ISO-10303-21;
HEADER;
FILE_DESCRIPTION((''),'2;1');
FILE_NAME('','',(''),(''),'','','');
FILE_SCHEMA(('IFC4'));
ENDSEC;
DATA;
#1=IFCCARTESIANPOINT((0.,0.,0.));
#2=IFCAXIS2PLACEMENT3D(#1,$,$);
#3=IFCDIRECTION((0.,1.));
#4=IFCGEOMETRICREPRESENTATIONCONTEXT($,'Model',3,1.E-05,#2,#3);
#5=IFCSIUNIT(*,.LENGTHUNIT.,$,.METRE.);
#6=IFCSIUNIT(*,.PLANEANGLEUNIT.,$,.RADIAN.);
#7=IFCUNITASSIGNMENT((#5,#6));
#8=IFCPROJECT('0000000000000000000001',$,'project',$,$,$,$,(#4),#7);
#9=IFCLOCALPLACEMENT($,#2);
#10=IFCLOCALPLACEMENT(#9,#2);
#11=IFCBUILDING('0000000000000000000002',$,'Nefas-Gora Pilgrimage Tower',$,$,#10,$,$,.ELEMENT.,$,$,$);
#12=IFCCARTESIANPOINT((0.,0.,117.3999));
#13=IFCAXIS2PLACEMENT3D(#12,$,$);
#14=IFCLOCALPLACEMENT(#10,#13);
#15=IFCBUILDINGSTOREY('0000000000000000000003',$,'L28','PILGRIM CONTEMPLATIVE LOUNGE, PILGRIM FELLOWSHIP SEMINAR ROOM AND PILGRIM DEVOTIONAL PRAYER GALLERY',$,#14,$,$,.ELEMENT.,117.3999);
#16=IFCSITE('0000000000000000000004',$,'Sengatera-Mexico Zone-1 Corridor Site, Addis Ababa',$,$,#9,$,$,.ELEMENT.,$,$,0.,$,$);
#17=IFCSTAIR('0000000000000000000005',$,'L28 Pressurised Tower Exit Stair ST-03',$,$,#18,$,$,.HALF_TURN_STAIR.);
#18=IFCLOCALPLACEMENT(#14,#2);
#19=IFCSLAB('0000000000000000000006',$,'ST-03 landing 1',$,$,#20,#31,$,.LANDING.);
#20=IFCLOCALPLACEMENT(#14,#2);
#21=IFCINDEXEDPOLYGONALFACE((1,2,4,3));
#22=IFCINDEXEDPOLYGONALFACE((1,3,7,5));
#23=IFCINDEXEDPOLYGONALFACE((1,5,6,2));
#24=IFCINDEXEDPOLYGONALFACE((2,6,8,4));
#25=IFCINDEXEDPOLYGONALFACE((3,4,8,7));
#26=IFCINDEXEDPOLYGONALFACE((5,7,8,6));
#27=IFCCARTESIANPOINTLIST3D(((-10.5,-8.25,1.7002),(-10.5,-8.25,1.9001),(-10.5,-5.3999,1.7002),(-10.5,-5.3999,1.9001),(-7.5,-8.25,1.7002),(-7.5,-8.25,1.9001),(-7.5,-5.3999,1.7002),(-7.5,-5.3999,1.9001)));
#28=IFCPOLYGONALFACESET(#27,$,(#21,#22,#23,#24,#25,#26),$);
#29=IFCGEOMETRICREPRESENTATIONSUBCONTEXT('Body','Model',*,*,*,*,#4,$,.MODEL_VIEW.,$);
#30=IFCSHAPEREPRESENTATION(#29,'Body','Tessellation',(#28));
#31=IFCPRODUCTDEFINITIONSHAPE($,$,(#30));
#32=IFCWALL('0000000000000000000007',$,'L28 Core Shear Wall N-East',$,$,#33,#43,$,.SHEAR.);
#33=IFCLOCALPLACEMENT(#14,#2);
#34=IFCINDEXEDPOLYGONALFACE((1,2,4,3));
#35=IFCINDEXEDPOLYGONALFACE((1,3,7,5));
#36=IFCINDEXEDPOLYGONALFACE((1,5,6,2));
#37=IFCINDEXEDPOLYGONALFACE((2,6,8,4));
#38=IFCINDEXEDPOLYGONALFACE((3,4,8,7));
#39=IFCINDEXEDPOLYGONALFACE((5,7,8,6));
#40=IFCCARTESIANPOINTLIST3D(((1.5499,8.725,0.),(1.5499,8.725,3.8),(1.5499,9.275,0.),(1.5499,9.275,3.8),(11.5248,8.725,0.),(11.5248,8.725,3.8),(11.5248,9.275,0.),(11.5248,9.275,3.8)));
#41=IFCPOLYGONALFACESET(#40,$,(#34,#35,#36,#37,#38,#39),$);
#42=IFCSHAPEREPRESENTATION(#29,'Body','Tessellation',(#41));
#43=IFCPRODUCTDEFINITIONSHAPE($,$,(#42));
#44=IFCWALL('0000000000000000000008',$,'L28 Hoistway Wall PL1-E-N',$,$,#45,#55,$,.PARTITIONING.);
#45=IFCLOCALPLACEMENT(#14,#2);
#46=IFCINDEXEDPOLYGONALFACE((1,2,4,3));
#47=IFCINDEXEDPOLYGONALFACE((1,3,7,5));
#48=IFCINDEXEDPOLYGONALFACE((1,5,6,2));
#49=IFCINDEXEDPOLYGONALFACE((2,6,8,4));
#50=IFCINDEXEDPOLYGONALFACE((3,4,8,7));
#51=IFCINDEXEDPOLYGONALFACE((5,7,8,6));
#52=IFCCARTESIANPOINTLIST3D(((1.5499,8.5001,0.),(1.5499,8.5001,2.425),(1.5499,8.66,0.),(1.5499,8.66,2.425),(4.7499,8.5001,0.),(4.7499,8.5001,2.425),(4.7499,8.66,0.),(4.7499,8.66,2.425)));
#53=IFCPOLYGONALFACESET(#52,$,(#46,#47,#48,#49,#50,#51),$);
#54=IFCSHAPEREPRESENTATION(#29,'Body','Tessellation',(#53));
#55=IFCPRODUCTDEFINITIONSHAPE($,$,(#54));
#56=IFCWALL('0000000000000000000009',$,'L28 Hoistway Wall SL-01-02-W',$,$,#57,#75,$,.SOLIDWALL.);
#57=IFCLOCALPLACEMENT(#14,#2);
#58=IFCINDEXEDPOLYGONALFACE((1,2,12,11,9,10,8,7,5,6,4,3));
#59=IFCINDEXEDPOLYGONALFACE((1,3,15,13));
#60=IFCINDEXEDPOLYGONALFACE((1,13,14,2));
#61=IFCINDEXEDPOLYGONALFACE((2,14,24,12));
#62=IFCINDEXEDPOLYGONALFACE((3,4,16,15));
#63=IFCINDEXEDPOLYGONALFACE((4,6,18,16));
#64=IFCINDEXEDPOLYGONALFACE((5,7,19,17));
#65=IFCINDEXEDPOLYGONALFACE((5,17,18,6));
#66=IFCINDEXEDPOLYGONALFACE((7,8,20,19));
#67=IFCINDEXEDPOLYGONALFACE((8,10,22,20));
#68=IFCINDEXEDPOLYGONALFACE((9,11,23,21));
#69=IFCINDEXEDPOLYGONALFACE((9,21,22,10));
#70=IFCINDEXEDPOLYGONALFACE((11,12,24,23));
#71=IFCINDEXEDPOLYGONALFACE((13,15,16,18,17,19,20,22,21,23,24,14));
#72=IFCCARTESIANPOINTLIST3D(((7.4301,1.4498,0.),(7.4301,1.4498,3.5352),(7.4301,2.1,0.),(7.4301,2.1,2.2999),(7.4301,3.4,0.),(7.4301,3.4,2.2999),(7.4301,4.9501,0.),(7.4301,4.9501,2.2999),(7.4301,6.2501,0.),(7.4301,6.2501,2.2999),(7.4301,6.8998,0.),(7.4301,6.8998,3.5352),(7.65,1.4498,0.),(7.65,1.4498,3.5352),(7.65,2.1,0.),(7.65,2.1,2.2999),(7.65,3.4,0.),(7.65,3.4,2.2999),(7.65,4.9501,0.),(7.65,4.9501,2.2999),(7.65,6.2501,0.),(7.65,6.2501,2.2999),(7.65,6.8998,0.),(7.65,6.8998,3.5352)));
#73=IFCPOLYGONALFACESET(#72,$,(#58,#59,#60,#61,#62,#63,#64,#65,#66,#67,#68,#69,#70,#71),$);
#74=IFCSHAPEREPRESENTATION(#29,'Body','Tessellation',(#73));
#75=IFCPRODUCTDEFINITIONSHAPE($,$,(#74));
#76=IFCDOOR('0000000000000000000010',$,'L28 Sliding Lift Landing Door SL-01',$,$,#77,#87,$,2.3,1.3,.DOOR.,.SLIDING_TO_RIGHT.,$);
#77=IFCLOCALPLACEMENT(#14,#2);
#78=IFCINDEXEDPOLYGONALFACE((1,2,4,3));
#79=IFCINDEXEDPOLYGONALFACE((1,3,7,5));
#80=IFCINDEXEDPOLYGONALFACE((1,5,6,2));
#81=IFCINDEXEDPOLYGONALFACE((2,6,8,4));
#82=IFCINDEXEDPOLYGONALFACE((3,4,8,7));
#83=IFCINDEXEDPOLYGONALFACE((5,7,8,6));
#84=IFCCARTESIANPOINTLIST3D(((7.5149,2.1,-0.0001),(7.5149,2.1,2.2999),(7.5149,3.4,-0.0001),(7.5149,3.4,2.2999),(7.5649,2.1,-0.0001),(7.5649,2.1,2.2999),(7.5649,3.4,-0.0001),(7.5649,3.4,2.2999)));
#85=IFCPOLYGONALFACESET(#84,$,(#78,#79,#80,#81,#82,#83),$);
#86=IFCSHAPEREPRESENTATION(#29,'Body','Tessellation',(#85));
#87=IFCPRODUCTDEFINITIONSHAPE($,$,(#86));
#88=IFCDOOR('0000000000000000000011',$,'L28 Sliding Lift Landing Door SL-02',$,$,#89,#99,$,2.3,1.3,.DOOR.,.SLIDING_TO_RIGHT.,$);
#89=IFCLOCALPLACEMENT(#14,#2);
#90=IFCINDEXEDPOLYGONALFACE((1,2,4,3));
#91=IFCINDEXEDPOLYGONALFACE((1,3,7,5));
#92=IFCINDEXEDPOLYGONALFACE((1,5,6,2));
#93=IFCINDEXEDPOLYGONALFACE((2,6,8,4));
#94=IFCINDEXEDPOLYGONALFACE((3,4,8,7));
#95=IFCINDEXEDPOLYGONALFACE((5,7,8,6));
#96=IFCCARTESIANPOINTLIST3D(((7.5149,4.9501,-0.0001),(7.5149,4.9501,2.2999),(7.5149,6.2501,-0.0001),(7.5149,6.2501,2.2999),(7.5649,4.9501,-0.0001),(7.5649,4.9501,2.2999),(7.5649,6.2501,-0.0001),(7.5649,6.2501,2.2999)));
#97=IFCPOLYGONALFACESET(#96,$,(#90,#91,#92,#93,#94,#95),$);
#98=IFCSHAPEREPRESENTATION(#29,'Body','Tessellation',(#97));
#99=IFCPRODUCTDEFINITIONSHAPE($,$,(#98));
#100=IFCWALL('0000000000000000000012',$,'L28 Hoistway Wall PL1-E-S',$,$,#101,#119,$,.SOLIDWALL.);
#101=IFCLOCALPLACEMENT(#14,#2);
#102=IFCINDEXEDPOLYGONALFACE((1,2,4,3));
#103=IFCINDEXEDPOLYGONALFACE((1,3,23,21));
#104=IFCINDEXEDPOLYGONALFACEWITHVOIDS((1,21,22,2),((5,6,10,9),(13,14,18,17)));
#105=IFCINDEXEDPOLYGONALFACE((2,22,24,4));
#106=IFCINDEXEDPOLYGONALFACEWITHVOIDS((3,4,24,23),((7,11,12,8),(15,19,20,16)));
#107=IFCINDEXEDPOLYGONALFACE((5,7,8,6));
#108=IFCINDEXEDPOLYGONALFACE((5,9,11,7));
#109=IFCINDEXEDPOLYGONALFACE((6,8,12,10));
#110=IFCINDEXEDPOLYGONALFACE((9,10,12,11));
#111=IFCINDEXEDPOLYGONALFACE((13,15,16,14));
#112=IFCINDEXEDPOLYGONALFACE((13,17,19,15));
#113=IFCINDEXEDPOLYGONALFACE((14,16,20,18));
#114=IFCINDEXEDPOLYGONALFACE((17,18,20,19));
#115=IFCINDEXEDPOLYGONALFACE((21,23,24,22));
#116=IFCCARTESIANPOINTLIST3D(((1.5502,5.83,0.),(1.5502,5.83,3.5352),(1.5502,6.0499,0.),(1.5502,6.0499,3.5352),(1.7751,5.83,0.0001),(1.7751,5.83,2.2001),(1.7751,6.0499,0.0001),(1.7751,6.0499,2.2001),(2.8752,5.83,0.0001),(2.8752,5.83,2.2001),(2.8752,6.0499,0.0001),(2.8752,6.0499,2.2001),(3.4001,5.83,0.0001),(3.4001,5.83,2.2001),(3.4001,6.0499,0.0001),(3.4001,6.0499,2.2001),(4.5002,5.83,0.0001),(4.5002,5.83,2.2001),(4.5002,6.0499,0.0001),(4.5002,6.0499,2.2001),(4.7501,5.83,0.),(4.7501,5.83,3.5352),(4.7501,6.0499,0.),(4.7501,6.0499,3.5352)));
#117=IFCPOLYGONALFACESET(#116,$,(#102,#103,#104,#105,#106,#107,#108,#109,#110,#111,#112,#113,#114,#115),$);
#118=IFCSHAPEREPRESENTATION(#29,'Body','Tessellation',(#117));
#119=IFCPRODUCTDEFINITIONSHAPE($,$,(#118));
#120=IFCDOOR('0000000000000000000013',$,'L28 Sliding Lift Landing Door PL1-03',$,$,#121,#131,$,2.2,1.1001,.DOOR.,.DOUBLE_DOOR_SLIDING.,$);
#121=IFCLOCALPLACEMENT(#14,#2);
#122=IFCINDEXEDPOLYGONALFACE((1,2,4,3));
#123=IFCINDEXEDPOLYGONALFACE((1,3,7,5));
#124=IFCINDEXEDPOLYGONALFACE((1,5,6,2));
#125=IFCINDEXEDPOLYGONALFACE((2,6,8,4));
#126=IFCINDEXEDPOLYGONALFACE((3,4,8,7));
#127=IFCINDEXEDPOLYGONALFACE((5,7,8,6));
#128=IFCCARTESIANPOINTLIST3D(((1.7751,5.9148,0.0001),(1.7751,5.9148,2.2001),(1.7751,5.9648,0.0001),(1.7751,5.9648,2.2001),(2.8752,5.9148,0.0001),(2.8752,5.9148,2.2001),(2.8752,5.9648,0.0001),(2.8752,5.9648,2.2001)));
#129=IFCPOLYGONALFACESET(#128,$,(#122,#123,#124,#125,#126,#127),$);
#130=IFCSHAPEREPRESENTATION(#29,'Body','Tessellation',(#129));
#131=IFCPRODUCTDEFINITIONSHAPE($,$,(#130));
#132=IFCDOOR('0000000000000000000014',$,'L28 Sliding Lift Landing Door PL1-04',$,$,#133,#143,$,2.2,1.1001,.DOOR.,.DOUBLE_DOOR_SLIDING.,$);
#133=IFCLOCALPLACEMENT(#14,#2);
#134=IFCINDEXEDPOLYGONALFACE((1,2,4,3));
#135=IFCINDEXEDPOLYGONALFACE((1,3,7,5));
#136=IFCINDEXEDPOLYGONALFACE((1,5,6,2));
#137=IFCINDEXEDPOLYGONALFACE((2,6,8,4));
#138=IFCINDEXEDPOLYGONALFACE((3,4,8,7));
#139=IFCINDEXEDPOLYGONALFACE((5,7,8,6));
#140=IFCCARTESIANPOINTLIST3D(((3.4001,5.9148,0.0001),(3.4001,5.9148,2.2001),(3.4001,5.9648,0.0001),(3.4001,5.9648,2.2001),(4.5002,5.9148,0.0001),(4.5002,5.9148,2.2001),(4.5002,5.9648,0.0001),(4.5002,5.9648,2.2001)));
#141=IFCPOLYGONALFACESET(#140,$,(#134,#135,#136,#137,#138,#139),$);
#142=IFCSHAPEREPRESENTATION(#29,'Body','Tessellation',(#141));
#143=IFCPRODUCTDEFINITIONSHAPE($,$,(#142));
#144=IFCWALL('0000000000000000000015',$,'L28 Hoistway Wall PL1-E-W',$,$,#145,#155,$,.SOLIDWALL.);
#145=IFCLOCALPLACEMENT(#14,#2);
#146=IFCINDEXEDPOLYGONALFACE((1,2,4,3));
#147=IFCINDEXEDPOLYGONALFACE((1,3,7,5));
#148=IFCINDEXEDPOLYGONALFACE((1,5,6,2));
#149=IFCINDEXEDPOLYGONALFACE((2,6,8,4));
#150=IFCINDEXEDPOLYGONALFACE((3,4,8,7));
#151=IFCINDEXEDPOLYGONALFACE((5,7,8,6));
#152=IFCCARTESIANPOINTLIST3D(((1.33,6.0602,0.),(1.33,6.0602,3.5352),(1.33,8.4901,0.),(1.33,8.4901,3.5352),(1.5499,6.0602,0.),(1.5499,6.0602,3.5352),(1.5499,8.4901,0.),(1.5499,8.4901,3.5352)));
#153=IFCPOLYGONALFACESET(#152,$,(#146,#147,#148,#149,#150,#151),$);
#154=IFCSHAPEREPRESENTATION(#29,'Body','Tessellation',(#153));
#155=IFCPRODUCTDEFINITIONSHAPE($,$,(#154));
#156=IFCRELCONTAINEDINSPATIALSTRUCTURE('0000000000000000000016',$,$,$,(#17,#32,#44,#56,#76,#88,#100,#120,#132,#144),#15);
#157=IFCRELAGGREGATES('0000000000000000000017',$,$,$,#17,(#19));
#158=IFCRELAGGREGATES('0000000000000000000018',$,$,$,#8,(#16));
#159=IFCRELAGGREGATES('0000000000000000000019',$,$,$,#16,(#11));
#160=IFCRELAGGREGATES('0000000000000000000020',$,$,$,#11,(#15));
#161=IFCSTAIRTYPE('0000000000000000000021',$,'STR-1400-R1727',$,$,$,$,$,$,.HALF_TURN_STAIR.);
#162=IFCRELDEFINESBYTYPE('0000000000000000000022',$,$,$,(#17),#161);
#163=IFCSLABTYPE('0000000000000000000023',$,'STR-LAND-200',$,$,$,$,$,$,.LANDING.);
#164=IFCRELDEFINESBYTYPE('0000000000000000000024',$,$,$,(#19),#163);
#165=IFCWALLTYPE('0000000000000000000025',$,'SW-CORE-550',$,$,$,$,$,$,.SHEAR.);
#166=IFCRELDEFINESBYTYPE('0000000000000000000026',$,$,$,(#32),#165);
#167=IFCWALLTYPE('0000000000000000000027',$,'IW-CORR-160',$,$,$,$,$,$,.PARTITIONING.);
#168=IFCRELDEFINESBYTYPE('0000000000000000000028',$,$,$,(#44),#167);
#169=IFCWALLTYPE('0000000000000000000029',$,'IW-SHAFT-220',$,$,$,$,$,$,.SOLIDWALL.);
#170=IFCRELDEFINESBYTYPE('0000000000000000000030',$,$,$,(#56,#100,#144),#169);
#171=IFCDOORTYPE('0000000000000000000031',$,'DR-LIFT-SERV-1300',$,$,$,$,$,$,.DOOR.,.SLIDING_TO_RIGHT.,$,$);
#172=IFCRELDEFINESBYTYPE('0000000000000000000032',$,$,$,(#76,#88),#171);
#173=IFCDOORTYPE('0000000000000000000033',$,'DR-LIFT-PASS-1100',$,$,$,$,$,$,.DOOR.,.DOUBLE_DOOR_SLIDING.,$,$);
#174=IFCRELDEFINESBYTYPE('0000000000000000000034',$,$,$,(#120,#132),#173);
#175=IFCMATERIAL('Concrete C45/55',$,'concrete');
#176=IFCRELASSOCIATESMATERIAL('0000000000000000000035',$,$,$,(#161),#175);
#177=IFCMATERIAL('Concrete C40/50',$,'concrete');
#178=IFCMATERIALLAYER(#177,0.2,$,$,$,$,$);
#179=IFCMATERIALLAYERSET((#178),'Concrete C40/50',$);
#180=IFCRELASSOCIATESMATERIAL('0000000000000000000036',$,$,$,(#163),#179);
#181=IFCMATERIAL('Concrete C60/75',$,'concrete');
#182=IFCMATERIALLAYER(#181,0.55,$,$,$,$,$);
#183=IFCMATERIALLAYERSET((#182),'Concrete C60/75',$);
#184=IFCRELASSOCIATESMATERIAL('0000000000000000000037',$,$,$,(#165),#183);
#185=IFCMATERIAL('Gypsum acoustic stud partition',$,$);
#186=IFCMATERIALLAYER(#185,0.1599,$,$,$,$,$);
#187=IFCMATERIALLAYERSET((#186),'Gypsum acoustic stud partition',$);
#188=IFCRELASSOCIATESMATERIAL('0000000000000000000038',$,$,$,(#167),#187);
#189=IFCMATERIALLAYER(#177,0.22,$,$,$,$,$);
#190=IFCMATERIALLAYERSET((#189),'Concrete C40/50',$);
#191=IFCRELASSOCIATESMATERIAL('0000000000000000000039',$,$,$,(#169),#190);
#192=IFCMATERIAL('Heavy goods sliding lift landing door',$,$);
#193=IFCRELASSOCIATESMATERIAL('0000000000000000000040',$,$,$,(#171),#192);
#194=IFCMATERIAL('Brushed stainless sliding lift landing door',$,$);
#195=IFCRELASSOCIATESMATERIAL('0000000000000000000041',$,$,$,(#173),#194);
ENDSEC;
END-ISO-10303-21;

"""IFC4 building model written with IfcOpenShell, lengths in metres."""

from ifc_helpers import new_model, si_unit, direction, frame, frame_2d, origin, place, context, subcontext, project, spatial, polyline, rectangle, outline, extrude, source, transform, mapped, material, layer, layer_set, type_object, element, fill, aggregate, save


model = new_model("IFC4")

# Units and contexts
model_context = context("Model", 3, precision=1e-05, world=origin(), true_north=direction((0.0, 1.0)))
body_context = subcontext(model_context, "Body", "Model", "MODEL_VIEW")
ifc_project = project(units=[si_unit("LENGTHUNIT", "METRE"), si_unit("PLANEANGLEUNIT", "RADIAN")], contexts=[model_context])

# Site, building, storey
site_placement = place(None, origin())
site = spatial("IfcSite", under=ifc_project, at=site_placement, Name="Sengatera-Mexico Zone-1 Corridor Site, Addis Ababa", CompositionType="ELEMENT", RefElevation=0.0)
building_placement = place(site_placement, origin())
building = spatial("IfcBuilding", under=site, at=building_placement, Name="Nefas-Gora Pilgrimage Tower", CompositionType="ELEMENT")
storey_placement = place(building_placement, frame((0.0, 0.0, 117.3999)))
storey = spatial("IfcBuildingStorey", under=building, at=storey_placement, Name="L28", Description="PILGRIM CONTEMPLATIVE LOUNGE, PILGRIM FELLOWSHIP SEMINAR ROOM AND PILGRIM DEVOTIONAL PRAYER GALLERY", CompositionType="ELEMENT", Elevation=117.3999)

# Stair, slab
ifc_material_1 = material(Name="Concrete C45/55", Category="concrete")
stair_type = type_object("IfcStairType", Name="STR-1400-R1727", PredefinedType="HALF_TURN_STAIR", material=ifc_material_1)
stair_placement = place(storey_placement, origin())
stair = element("IfcStair", 1, at=stair_placement, inside=storey, type_object=stair_type, Name="L28 Pressurised Tower Exit Stair ST-03", PredefinedType="HALF_TURN_STAIR")
ifc_material_2 = material(Name="Concrete C40/50", Category="concrete")
ifc_layer_1 = layer(ifc_material_2, 0.2)
ifc_layer_set_1 = layer_set([ifc_layer_1], Name="Concrete C40/50")
slab_type = type_object("IfcSlabType", Name="STR-LAND-200", PredefinedType="LANDING", material=ifc_layer_set_1)
slab_placement = place(storey_placement, frame((0.0, 0.0, 1.7002)))
slab = element("IfcSlab", 2, at=slab_placement, type_object=slab_type, Name="ST-03 landing 1", PredefinedType="LANDING", context=body_context, shape_type="SweptSolid", body=[
    extrude(outline(polyline([(-10.5, -5.3999), (-10.5, -8.25), (-7.5, -8.25), (-7.5, -5.3999), (-10.5, -5.3999)])), origin(), (0.0, 0.0, 1.0), 0.2),
])
aggregate(stair, [slab])

# Walls
ifc_material_3 = material(Name="Concrete C60/75", Category="concrete")
ifc_layer_2 = layer(ifc_material_3, 0.55)
ifc_layer_set_2 = layer_set([ifc_layer_2], Name="Concrete C60/75")
wall_type_1 = type_object("IfcWallType", Name="SW-CORE-550", PredefinedType="SHEAR", material=ifc_layer_set_2)
shared_shape_1 = source(origin(), body_context, "Body", "SweptSolid", [
    extrude(rectangle(XDim=9.9749, YDim=0.55, at=frame_2d((4.9873, 0.0))), origin(), (0.0, 0.0, 1.0), 3.8),
])
wall_1_placement = place(storey_placement, frame((1.55, 9.0, 0.0), z_axis=(0.0, 0.0, 1.0), x_axis=(1.0, 0.0, 0.0)))
element("IfcWall", 3, at=wall_1_placement, inside=storey, type_object=wall_type_1, Name="L28 Core Shear Wall N-East", PredefinedType="SHEAR", context=body_context, shape_type="MappedRepresentation", body=[
    mapped(shared_shape_1, transform((0.0, 0.0, 0.0), x_axis=(1.0, 0.0, 0.0), y_axis=(0.0, 1.0, 0.0), z_axis=(0.0, 0.0, 1.0), scale=1.0)),
])
ifc_material_4 = material(Name="Gypsum acoustic stud partition")
ifc_layer_3 = layer(ifc_material_4, 0.1599)
ifc_layer_set_3 = layer_set([ifc_layer_3], Name="Gypsum acoustic stud partition")
wall_type_2 = type_object("IfcWallType", Name="IW-CORR-160", PredefinedType="PARTITIONING", material=ifc_layer_set_3)
shared_shape_2 = source(origin(), body_context, "Body", "SweptSolid", [
    extrude(rectangle(XDim=3.2, YDim=0.1599, at=frame_2d((1.6001, 0.0))), origin(), (0.0, 0.0, 1.0), 2.425),
])
wall_2_placement = place(storey_placement, frame((4.75, 8.5801, 0.0), z_axis=(0.0, 0.0, 1.0), x_axis=(-1.0, 0.0, 0.0)))
element("IfcWall", 4, at=wall_2_placement, inside=storey, type_object=wall_type_2, Name="L28 Hoistway Wall PL1-E-N", PredefinedType="PARTITIONING", context=body_context, shape_type="MappedRepresentation", body=[
    mapped(shared_shape_2, transform((0.0, 0.0, 0.0), x_axis=(1.0, 0.0, 0.0), y_axis=(0.0, 1.0, 0.0), z_axis=(0.0, 0.0, 1.0), scale=1.0)),
])

# Walls, openings, doors
ifc_layer_4 = layer(ifc_material_2, 0.22)
ifc_layer_set_4 = layer_set([ifc_layer_4], Name="Concrete C40/50")
wall_type_3 = type_object("IfcWallType", Name="IW-SHAFT-220", PredefinedType="SOLIDWALL", material=ifc_layer_set_4)
shared_shape_3 = source(origin(), body_context, "Body", "SweptSolid", [
    extrude(rectangle(XDim=5.45, YDim=0.22, at=frame_2d((2.7251, 0.0))), origin(), (0.0, 0.0, 1.0), 3.5352),
])
wall_3_placement = place(storey_placement, frame((7.54, 6.8999, 0.0), z_axis=(0.0, 0.0, 1.0), x_axis=(0.0, -1.0, 0.0)))
wall_3 = element("IfcWall", 5, at=wall_3_placement, inside=storey, type_object=wall_type_3, Name="L28 Hoistway Wall SL-01-02-W", PredefinedType="SOLIDWALL", context=body_context, shape_type="MappedRepresentation", body=[
    mapped(shared_shape_3, transform((0.0, 0.0, 0.0), x_axis=(1.0, 0.0, 0.0), y_axis=(0.0, 1.0, 0.0), z_axis=(0.0, 0.0, 1.0), scale=1.0)),
])
opening_1_placement = place(wall_3_placement, frame((3.5, 0.0, 0.0)))
opening_1 = element("IfcOpeningElement", 6, at=opening_1_placement, cuts=wall_3, PredefinedType="OPENING", context=body_context, shape_type="SweptSolid", body=[
    extrude(rectangle(XDim=1.3, YDim=2.3, at=frame_2d((0.6499, 1.1499))), frame((0.0, 0.1199, 0.0), z_axis=(0.0, -1.0, 0.0), x_axis=(1.0, 0.0, 0.0)), (0.0, 0.0, 1.0), 0.24),
])
opening_2_placement = place(wall_3_placement, frame((0.6499, 0.0, 0.0)))
opening_2 = element("IfcOpeningElement", 7, at=opening_2_placement, cuts=wall_3, PredefinedType="OPENING", context=body_context, shape_type="SweptSolid", body=[
    extrude(rectangle(XDim=1.3, YDim=2.3, at=frame_2d((0.6499, 1.1499))), frame((0.0, 0.1199, 0.0), z_axis=(0.0, -1.0, 0.0), x_axis=(1.0, 0.0, 0.0)), (0.0, 0.0, 1.0), 0.24),
])
ifc_material_5 = material(Name="Heavy goods sliding lift landing door")
door_type_1 = type_object("IfcDoorType", Name="DR-LIFT-SERV-1300", OperationType="SLIDING_TO_RIGHT", PredefinedType="DOOR", material=ifc_material_5)
shared_shape_4 = source(origin(), body_context, "Body", "SweptSolid", [
    extrude(rectangle(XDim=1.3, YDim=2.3, at=frame_2d((0.6499, 1.1499))), frame((0.0, 0.0249, 0.0), z_axis=(0.0, -1.0, 0.0), x_axis=(1.0, 0.0, 0.0)), (0.0, 0.0, 1.0), 0.05),
])
door_1_placement = place(opening_1_placement, origin())
door_1 = element("IfcDoor", 8, at=door_1_placement, inside=storey, type_object=door_type_1, Name="L28 Sliding Lift Landing Door SL-01", OperationType="SLIDING_TO_RIGHT", OverallHeight=2.3, OverallWidth=1.3, PredefinedType="DOOR", context=body_context, shape_type="MappedRepresentation", body=[
    mapped(shared_shape_4, transform((0.0, 0.0, 0.0), x_axis=(1.0, 0.0, 0.0), y_axis=(0.0, 1.0, 0.0), z_axis=(0.0, 0.0, 1.0), scale=1.0)),
])
fill(opening_1, door_1)
door_2_placement = place(opening_2_placement, origin())
door_2 = element("IfcDoor", 9, at=door_2_placement, inside=storey, type_object=door_type_1, Name="L28 Sliding Lift Landing Door SL-02", OperationType="SLIDING_TO_RIGHT", OverallHeight=2.3, OverallWidth=1.3, PredefinedType="DOOR", context=body_context, shape_type="MappedRepresentation", body=[
    mapped(shared_shape_4, transform((0.0, 0.0, 0.0), x_axis=(1.0, 0.0, 0.0), y_axis=(0.0, 1.0, 0.0), z_axis=(0.0, 0.0, 1.0), scale=1.0)),
])
fill(opening_2, door_2)
shared_shape_5 = source(origin(), body_context, "Body", "SweptSolid", [
    extrude(rectangle(XDim=3.2, YDim=0.22, at=frame_2d((1.6001, 0.0))), origin(), (0.0, 0.0, 1.0), 3.5352),
])
wall_4_placement = place(storey_placement, frame((1.55, 5.9399, 0.0), z_axis=(0.0, 0.0, 1.0), x_axis=(1.0, 0.0, 0.0)))
wall_4 = element("IfcWall", 10, at=wall_4_placement, inside=storey, type_object=wall_type_3, Name="L28 Hoistway Wall PL1-E-S", PredefinedType="SOLIDWALL", context=body_context, shape_type="MappedRepresentation", body=[
    mapped(shared_shape_5, transform((0.0, 0.0, 0.0), x_axis=(1.0, 0.0, 0.0), y_axis=(0.0, 1.0, 0.0), z_axis=(0.0, 0.0, 1.0), scale=1.0)),
])
opening_3_placement = place(wall_4_placement, frame((0.2251, 0.0, 0.0)))
opening_3 = element("IfcOpeningElement", 11, at=opening_3_placement, cuts=wall_4, PredefinedType="OPENING", context=body_context, shape_type="SweptSolid", body=[
    extrude(rectangle(XDim=1.1001, YDim=2.2, at=frame_2d((0.55, 1.1001))), frame((0.0, 0.1199, 0.0), z_axis=(0.0, -1.0, 0.0), x_axis=(1.0, 0.0, 0.0)), (0.0, 0.0, 1.0), 0.24),
])
opening_4_placement = place(wall_4_placement, frame((1.8501, 0.0, 0.0)))
opening_4 = element("IfcOpeningElement", 12, at=opening_4_placement, cuts=wall_4, PredefinedType="OPENING", context=body_context, shape_type="SweptSolid", body=[
    extrude(rectangle(XDim=1.1001, YDim=2.2, at=frame_2d((0.55, 1.1001))), frame((0.0, 0.1199, 0.0), z_axis=(0.0, -1.0, 0.0), x_axis=(1.0, 0.0, 0.0)), (0.0, 0.0, 1.0), 0.24),
])
ifc_material_6 = material(Name="Brushed stainless sliding lift landing door")
door_type_2 = type_object("IfcDoorType", Name="DR-LIFT-PASS-1100", OperationType="DOUBLE_DOOR_SLIDING", PredefinedType="DOOR", material=ifc_material_6)
shared_shape_6 = source(origin(), body_context, "Body", "SweptSolid", [
    extrude(rectangle(XDim=1.1001, YDim=2.2, at=frame_2d((0.55, 1.1001))), frame((0.0, 0.0249, 0.0), z_axis=(0.0, -1.0, 0.0), x_axis=(1.0, 0.0, 0.0)), (0.0, 0.0, 1.0), 0.05),
])
door_3_placement = place(opening_3_placement, origin())
door_3 = element("IfcDoor", 13, at=door_3_placement, inside=storey, type_object=door_type_2, Name="L28 Sliding Lift Landing Door PL1-03", OperationType="DOUBLE_DOOR_SLIDING", OverallHeight=2.2, OverallWidth=1.1001, PredefinedType="DOOR", context=body_context, shape_type="MappedRepresentation", body=[
    mapped(shared_shape_6, transform((0.0, 0.0, 0.0), x_axis=(1.0, 0.0, 0.0), y_axis=(0.0, 1.0, 0.0), z_axis=(0.0, 0.0, 1.0), scale=1.0)),
])
fill(opening_3, door_3)
door_4_placement = place(opening_4_placement, origin())
door_4 = element("IfcDoor", 14, at=door_4_placement, inside=storey, type_object=door_type_2, Name="L28 Sliding Lift Landing Door PL1-04", OperationType="DOUBLE_DOOR_SLIDING", OverallHeight=2.2, OverallWidth=1.1001, PredefinedType="DOOR", context=body_context, shape_type="MappedRepresentation", body=[
    mapped(shared_shape_6, transform((0.0, 0.0, 0.0), x_axis=(1.0, 0.0, 0.0), y_axis=(0.0, 1.0, 0.0), z_axis=(0.0, 0.0, 1.0), scale=1.0)),
])
fill(opening_4, door_4)

# Wall
shared_shape_7 = source(origin(), body_context, "Body", "SweptSolid", [
    extrude(rectangle(XDim=2.4299, YDim=0.22, at=frame_2d((1.2148, 0.0))), origin(), (0.0, 0.0, 1.0), 3.5352),
])
for number, where, z_axis, x_axis, name in (
    (15, (1.4399, 8.49, 0.0), (0.0, 0.0, 1.0), (0.0, -1.0, 0.0), "L28 Hoistway Wall PL1-E-W"),
):
    element("IfcWall", number, at=place(storey_placement, frame(where, z_axis=z_axis, x_axis=x_axis)), inside=storey, type_object=wall_type_3, Name=name, PredefinedType="SOLIDWALL", context=body_context, shape_type="MappedRepresentation", body=[
        mapped(shared_shape_7, transform((0.0, 0.0, 0.0), x_axis=(1.0, 0.0, 0.0), y_axis=(0.0, 1.0, 0.0), z_axis=(0.0, 0.0, 1.0), scale=1.0)),
    ])

save(model, "model.ifc")
